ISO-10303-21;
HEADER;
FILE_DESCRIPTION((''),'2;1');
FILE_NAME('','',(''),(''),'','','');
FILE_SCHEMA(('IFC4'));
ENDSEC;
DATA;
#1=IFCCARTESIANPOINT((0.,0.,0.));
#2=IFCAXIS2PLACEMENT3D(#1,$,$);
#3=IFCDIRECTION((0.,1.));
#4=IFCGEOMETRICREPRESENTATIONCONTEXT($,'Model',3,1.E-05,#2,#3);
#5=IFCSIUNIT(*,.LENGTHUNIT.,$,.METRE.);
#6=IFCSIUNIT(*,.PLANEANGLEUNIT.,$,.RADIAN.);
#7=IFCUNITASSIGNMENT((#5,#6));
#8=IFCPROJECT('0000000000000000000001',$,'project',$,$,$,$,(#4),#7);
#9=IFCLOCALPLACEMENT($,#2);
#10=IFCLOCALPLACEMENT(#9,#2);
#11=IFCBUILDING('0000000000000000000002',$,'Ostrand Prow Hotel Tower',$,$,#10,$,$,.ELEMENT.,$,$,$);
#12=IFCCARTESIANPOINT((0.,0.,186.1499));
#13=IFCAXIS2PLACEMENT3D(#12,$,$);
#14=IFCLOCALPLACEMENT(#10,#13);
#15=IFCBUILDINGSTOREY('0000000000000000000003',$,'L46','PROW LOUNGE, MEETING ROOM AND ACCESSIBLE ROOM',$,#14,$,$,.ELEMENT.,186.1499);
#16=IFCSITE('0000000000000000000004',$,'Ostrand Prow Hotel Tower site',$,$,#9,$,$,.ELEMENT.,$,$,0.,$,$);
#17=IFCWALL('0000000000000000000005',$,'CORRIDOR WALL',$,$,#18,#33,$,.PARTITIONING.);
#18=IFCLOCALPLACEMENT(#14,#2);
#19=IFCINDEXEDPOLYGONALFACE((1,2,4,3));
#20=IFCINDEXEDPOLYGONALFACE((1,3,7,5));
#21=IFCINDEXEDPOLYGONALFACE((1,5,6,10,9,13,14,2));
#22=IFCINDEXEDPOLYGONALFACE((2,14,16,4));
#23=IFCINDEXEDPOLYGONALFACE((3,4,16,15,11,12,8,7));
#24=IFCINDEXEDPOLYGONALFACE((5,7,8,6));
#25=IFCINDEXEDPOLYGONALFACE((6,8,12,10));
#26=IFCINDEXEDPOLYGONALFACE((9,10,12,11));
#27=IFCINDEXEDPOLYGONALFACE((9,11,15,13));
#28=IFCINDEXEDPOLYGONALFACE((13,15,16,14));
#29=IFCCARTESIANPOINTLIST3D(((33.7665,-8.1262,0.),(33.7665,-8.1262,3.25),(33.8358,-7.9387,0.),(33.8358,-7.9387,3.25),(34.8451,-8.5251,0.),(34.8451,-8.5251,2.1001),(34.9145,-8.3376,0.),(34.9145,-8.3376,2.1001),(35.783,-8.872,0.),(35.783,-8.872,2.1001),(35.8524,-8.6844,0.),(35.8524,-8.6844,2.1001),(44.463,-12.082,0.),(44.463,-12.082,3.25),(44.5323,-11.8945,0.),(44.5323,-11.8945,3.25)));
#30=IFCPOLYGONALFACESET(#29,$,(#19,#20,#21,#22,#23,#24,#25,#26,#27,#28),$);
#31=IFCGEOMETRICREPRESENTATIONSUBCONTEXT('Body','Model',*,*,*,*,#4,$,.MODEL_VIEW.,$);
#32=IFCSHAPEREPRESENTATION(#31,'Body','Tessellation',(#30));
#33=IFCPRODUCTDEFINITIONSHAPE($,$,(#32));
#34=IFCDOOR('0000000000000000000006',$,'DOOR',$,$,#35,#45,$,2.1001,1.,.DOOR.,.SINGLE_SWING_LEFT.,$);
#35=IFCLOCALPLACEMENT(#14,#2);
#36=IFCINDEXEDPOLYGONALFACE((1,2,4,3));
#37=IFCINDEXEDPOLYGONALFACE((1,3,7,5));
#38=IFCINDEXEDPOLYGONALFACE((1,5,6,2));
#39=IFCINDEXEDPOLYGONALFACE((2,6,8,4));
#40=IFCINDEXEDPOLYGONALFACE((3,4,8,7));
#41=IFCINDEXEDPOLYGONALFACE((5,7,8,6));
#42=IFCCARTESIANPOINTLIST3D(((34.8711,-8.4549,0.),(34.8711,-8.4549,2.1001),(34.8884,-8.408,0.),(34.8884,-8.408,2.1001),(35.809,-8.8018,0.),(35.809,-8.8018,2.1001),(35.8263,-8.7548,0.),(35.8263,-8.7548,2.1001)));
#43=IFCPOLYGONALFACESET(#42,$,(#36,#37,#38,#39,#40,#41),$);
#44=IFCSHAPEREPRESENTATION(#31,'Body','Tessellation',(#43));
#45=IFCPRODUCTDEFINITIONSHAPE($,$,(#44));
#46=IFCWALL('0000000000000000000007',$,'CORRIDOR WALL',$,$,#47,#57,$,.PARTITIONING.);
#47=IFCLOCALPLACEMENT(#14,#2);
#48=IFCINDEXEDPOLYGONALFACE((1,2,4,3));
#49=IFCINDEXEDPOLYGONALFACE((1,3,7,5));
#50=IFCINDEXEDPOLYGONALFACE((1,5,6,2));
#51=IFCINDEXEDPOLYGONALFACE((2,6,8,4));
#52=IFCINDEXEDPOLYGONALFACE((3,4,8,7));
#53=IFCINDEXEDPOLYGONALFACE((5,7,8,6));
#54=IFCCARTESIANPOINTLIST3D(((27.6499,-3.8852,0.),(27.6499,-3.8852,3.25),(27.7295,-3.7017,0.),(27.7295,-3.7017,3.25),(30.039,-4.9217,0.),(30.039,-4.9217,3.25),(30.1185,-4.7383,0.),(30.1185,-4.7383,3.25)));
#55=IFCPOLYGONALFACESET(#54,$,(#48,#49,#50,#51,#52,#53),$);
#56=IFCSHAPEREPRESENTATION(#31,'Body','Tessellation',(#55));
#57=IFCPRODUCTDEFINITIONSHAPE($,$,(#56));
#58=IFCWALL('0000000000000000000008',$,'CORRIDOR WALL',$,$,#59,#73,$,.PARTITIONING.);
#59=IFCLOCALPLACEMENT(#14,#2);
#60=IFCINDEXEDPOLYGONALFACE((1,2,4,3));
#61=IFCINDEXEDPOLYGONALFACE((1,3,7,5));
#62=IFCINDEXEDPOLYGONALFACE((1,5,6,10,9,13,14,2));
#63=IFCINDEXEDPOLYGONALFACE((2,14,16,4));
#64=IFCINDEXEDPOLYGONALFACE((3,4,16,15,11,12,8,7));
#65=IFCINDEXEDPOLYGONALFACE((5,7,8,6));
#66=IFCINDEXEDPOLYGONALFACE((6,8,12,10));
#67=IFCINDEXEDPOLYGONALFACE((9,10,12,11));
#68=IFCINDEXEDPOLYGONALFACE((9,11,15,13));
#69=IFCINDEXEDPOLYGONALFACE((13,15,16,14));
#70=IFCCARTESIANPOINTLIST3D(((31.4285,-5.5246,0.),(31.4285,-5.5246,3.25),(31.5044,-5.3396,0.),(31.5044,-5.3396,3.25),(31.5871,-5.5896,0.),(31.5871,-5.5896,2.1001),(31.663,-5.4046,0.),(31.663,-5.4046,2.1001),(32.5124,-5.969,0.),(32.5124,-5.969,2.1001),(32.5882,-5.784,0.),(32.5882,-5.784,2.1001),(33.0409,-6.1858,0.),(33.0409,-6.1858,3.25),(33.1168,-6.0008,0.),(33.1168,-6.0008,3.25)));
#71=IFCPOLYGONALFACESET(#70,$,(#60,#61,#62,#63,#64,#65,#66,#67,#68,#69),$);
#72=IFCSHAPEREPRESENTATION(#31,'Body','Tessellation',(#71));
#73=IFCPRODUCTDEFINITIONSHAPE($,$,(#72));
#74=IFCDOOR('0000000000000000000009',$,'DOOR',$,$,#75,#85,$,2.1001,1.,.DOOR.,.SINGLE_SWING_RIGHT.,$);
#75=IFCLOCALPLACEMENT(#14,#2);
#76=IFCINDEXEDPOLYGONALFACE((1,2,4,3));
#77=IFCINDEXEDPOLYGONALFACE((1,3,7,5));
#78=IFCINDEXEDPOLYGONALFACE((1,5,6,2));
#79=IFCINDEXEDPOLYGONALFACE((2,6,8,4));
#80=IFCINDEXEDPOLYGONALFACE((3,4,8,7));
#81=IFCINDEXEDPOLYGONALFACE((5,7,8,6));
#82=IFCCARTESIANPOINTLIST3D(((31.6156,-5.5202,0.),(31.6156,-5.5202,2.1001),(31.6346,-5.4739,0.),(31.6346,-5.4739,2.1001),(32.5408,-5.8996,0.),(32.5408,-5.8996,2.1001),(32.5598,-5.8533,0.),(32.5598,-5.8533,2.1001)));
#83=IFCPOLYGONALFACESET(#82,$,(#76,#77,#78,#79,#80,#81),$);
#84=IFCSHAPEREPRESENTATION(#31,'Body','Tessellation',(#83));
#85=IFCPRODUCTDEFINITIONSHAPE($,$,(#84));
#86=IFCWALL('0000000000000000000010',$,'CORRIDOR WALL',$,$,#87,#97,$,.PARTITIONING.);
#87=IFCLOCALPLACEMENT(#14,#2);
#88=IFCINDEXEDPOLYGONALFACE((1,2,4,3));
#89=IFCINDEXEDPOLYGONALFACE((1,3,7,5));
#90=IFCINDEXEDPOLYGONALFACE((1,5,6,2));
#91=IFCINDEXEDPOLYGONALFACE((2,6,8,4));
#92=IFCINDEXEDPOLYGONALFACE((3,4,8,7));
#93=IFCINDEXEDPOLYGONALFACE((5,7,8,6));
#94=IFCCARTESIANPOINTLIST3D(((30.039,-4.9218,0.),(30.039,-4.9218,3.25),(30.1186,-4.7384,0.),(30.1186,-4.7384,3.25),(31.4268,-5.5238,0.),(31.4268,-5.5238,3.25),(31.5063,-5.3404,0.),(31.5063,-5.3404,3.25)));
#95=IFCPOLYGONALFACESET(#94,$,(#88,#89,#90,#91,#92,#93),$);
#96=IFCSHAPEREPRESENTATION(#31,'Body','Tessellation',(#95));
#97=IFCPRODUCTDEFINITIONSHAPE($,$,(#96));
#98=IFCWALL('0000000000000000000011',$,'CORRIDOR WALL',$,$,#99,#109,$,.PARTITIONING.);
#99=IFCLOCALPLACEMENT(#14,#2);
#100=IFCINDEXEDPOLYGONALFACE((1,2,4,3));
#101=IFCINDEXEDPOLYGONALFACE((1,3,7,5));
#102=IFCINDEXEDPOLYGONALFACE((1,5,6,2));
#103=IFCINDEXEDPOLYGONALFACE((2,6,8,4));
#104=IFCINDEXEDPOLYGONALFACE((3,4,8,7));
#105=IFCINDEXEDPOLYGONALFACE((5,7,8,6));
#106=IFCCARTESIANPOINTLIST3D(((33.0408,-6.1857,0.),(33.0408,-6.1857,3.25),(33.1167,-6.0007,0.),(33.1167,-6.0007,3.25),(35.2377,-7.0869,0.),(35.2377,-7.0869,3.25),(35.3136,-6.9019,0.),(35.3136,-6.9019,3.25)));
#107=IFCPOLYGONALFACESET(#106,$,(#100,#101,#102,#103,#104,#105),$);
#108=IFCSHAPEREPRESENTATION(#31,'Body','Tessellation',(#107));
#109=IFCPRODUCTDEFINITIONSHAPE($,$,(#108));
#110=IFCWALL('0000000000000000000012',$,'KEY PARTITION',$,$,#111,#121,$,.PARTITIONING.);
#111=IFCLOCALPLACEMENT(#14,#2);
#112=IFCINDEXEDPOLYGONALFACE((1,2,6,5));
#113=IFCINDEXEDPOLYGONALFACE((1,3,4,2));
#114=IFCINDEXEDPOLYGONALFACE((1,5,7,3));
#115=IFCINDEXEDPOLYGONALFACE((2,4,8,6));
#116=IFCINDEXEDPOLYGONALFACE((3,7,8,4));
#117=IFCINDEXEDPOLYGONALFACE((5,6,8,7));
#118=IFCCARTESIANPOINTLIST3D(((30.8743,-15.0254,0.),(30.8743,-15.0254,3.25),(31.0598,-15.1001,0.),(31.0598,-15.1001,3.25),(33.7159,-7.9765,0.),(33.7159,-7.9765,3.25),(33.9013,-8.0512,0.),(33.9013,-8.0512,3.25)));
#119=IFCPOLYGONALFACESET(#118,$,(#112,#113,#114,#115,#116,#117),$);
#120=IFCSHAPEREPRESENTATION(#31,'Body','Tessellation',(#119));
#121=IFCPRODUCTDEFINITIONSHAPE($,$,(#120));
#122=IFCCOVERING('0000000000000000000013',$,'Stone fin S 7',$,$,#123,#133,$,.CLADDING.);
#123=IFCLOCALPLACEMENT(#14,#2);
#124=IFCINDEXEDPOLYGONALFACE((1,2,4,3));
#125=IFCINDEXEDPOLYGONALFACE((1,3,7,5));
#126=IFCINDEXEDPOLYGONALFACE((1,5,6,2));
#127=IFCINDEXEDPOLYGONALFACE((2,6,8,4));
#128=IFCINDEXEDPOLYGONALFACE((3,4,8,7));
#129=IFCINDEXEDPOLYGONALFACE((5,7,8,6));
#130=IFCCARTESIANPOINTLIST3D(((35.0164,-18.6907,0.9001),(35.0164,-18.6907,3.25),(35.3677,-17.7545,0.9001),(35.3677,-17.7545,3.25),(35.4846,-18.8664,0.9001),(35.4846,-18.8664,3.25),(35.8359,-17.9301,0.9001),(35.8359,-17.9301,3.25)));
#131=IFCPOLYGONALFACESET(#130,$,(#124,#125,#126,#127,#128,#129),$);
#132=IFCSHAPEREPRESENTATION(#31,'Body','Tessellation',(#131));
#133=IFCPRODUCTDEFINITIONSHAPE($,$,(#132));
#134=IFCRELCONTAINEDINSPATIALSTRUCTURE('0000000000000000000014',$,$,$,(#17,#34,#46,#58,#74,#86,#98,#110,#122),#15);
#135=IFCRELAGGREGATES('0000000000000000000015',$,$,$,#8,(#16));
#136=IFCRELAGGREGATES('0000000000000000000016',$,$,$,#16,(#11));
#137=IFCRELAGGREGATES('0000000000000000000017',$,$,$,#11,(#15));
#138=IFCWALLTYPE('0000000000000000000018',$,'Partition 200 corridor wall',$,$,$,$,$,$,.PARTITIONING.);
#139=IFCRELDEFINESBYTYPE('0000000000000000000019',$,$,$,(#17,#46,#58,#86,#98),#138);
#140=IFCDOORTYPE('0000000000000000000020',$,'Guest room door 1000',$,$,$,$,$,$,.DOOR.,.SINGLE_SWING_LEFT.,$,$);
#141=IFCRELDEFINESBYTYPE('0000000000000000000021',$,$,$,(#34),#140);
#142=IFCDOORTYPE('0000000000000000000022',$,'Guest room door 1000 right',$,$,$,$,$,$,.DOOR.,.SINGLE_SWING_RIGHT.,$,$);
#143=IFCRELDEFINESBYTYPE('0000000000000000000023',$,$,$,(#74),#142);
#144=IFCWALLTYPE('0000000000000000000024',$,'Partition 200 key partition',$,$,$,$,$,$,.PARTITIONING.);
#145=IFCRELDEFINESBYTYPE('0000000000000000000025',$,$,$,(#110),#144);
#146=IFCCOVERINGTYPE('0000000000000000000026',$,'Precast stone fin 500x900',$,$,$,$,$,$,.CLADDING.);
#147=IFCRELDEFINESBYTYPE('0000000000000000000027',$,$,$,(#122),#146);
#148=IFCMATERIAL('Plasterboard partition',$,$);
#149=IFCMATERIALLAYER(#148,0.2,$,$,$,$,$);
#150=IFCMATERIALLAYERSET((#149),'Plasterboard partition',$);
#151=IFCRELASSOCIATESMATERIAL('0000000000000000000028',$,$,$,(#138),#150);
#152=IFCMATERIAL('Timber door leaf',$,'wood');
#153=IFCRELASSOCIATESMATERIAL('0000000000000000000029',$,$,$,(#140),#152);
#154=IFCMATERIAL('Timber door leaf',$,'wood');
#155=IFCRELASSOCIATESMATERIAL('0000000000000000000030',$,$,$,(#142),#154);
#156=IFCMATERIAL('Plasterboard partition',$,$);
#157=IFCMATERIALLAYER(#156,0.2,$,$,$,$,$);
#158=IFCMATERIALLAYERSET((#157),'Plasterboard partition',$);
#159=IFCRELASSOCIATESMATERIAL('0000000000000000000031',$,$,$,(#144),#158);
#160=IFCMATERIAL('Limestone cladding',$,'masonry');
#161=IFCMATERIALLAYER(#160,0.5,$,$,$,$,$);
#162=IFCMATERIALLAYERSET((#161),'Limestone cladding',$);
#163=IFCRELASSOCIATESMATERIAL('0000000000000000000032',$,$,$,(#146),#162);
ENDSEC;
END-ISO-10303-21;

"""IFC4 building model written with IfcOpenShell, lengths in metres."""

from ifc_helpers import new_model, si_unit, direction, frame, frame_2d, origin, place, context, subcontext, project, spatial, rectangle, extrude, material, layer, layer_set, type_object, element, fill, save


model = new_model("IFC4")

# Units and contexts
model_context = context("Model", 3, precision=1e-05, world=origin(), true_north=direction((0.0, 1.0)))
body_context = subcontext(model_context, "Body", "Model", "MODEL_VIEW")
ifc_project = project(units=[si_unit("LENGTHUNIT", "METRE"), si_unit("PLANEANGLEUNIT", "RADIAN")], contexts=[model_context])

# Site, building, storey
site_placement = place(None, origin())
site = spatial("IfcSite", under=ifc_project, at=site_placement, Name="Ostrand Prow Hotel Tower site", CompositionType="ELEMENT", RefElevation=0.0)
building_placement = place(site_placement, origin())
building = spatial("IfcBuilding", under=site, at=building_placement, Name="Ostrand Prow Hotel Tower", CompositionType="ELEMENT")
storey_placement = place(building_placement, frame((0.0, 0.0, 186.1499)))
storey = spatial("IfcBuildingStorey", under=building, at=storey_placement, Name="L46", Description="PROW LOUNGE, MEETING ROOM AND ACCESSIBLE ROOM", CompositionType="ELEMENT", Elevation=186.1499)

# Wall, opening, door
ifc_material_1 = material(Name="Plasterboard partition")
ifc_layer_1 = layer(ifc_material_1, 0.2)
ifc_layer_set_1 = layer_set([ifc_layer_1], Name="Plasterboard partition")
wall_type_1 = type_object("IfcWallType", Name="Partition 200 corridor wall", PredefinedType="PARTITIONING", material=ifc_layer_set_1)
wall_1_placement = place(storey_placement, frame((33.8013, -8.0325, 0.0), z_axis=(0.0, 0.0, 1.0), x_axis=(0.937916, -0.346862, 0.0)))
wall_1 = element("IfcWall", 1, at=wall_1_placement, inside=storey, type_object=wall_type_1, Name="CORRIDOR WALL", PredefinedType="PARTITIONING", context=body_context, shape_type="SweptSolid", body=[
    extrude(rectangle(XDim=11.4045, YDim=0.2, at=frame_2d((5.7021, 0.0))), origin(), (0.0, 0.0, 1.0), 3.25),
])
opening_1_placement = place(wall_1_placement, frame((1.1499, 0.0, 0.0)))
opening_1 = element("IfcOpeningElement", 2, at=opening_1_placement, cuts=wall_1, PredefinedType="OPENING", context=body_context, shape_type="SweptSolid", body=[
    extrude(rectangle(XDim=1.0, YDim=2.1001, at=frame_2d((0.5, 1.05))), frame((0.0, 0.1099, 0.0), z_axis=(0.0, -1.0, 0.0), x_axis=(1.0, 0.0, 0.0)), (0.0, 0.0, 1.0), 0.22),
])
ifc_material_2 = material(Name="Timber door leaf", Category="wood")
door_type_1 = type_object("IfcDoorType", Name="Guest room door 1000", OperationType="SINGLE_SWING_LEFT", PredefinedType="DOOR", material=ifc_material_2)
door_1_placement = place(opening_1_placement, origin())
door_1 = element("IfcDoor", 3, at=door_1_placement, inside=storey, type_object=door_type_1, Name="DOOR", OperationType="SINGLE_SWING_LEFT", OverallHeight=2.1001, OverallWidth=1.0, PredefinedType="DOOR", context=body_context, shape_type="SweptSolid", body=[
    extrude(rectangle(XDim=1.0, YDim=2.1001, at=frame_2d((0.5, 1.05))), frame((0.0, 0.0249, 0.0), z_axis=(0.0, -1.0, 0.0), x_axis=(1.0, 0.0, 0.0)), (0.0, 0.0, 1.0), 0.05),
])
fill(opening_1, door_1)

# Wall
wall_2_placement = place(storey_placement, frame((30.0789, -4.8301, 0.0), z_axis=(0.0, 0.0, 1.0), x_axis=(-0.917371, 0.398034, 0.0)))
element("IfcWall", 4, at=wall_2_placement, inside=storey, type_object=wall_type_1, Name="CORRIDOR WALL", PredefinedType="PARTITIONING", context=body_context, shape_type="SweptSolid", body=[
    extrude(rectangle(XDim=2.6042, YDim=0.2, at=frame_2d((1.3022, 0.0))), origin(), (0.0, 0.0, 1.0), 3.25),
])

# Wall, opening, door
wall_3_placement = place(storey_placement, frame((33.0789, -6.0933, 0.0), z_axis=(0.0, 0.0, 1.0), x_axis=(-0.925234, 0.379396, 0.0)))
wall_3 = element("IfcWall", 5, at=wall_3_placement, inside=storey, type_object=wall_type_1, Name="CORRIDOR WALL", PredefinedType="PARTITIONING", context=body_context, shape_type="SweptSolid", body=[
    extrude(rectangle(XDim=1.7427, YDim=0.2, at=frame_2d((0.8713, 0.0))), origin(), (0.0, 0.0, 1.0), 3.25),
])
opening_2_placement = place(wall_3_placement, frame((0.5713, 0.0, 0.0)))
opening_2 = element("IfcOpeningElement", 6, at=opening_2_placement, cuts=wall_3, PredefinedType="OPENING", context=body_context, shape_type="SweptSolid", body=[
    extrude(rectangle(XDim=1.0, YDim=2.1001, at=frame_2d((0.5, 1.05))), frame((0.0, 0.1099, 0.0), z_axis=(0.0, -1.0, 0.0), x_axis=(1.0, 0.0, 0.0)), (0.0, 0.0, 1.0), 0.22),
])
ifc_material_3 = material(Name="Timber door leaf", Category="wood")
door_type_2 = type_object("IfcDoorType", Name="Guest room door 1000 right", OperationType="SINGLE_SWING_RIGHT", PredefinedType="DOOR", material=ifc_material_3)
door_2_placement = place(opening_2_placement, origin())
door_2 = element("IfcDoor", 7, at=door_2_placement, inside=storey, type_object=door_type_2, Name="DOOR", OperationType="SINGLE_SWING_RIGHT", OverallHeight=2.1001, OverallWidth=1.0, PredefinedType="DOOR", context=body_context, shape_type="SweptSolid", body=[
    extrude(rectangle(XDim=1.0, YDim=2.1001, at=frame_2d((0.5, 1.05))), frame((0.0, 0.0249, 0.0), z_axis=(0.0, -1.0, 0.0), x_axis=(1.0, 0.0, 0.0)), (0.0, 0.0, 1.0), 0.05),
])
fill(opening_2, door_2)

# Walls
wall_4_placement = place(storey_placement, frame((31.4666, -5.4321, 0.0), z_axis=(0.0, 0.0, 1.0), x_axis=(-0.917383, 0.398006, 0.0)))
element("IfcWall", 8, at=wall_4_placement, inside=storey, type_object=wall_type_1, Name="CORRIDOR WALL", PredefinedType="PARTITIONING", context=body_context, shape_type="SweptSolid", body=[
    extrude(rectangle(XDim=1.5127, YDim=0.2, at=frame_2d((0.7563, 0.0))), origin(), (0.0, 0.0, 1.0), 3.25),
])
wall_5_placement = place(storey_placement, frame((35.2756, -6.9944, 0.0), z_axis=(0.0, 0.0, 1.0), x_axis=(-0.925186, 0.379513, 0.0)))
element("IfcWall", 9, at=wall_5_placement, inside=storey, type_object=wall_type_1, Name="CORRIDOR WALL", PredefinedType="PARTITIONING", context=body_context, shape_type="SweptSolid", body=[
    extrude(rectangle(XDim=2.3745, YDim=0.2, at=frame_2d((1.1873, 0.0))), origin(), (0.0, 0.0, 1.0), 3.25),
])
ifc_material_4 = material(Name="Plasterboard partition")
ifc_layer_2 = layer(ifc_material_4, 0.2)
ifc_layer_set_2 = layer_set([ifc_layer_2], Name="Plasterboard partition")
wall_type_2 = type_object("IfcWallType", Name="Partition 200 key partition", PredefinedType="PARTITIONING", material=ifc_layer_set_2)
wall_6_placement = place(storey_placement, frame((30.967, -15.0627, 0.0), z_axis=(0.0, 0.0, 1.0), x_axis=(0.373887, 0.927474, 0.0)))
element("IfcWall", 10, at=wall_6_placement, inside=storey, type_object=wall_type_2, Name="KEY PARTITION", PredefinedType="PARTITIONING", context=body_context, shape_type="SweptSolid", body=[
    extrude(rectangle(XDim=7.6001, YDim=0.2, at=frame_2d((3.8, 0.0))), origin(), (0.0, 0.0, 1.0), 3.25),
])

# Covering
ifc_material_5 = material(Name="Limestone cladding", Category="masonry")
ifc_layer_3 = layer(ifc_material_5, 0.5)
ifc_layer_set_3 = layer_set([ifc_layer_3], Name="Limestone cladding")
covering_type = type_object("IfcCoveringType", Name="Precast stone fin 500x900", PredefinedType="CLADDING", material=ifc_layer_set_3)
covering_placement = place(storey_placement, frame((35.6018, -17.8423, 0.9001), z_axis=(0.0, 0.0, 1.0), x_axis=(-0.351311, -0.936259, 0.0)))
element("IfcCovering", 11, at=covering_placement, inside=storey, type_object=covering_type, Name="Stone fin S 7", PredefinedType="CLADDING", context=body_context, shape_type="SweptSolid", body=[
    extrude(rectangle(XDim=1.0, YDim=0.5, at=frame_2d((0.5, 0.0))), origin(), (0.0, 0.0, 1.0), 2.3499),
])

save(model, "model.ifc")
